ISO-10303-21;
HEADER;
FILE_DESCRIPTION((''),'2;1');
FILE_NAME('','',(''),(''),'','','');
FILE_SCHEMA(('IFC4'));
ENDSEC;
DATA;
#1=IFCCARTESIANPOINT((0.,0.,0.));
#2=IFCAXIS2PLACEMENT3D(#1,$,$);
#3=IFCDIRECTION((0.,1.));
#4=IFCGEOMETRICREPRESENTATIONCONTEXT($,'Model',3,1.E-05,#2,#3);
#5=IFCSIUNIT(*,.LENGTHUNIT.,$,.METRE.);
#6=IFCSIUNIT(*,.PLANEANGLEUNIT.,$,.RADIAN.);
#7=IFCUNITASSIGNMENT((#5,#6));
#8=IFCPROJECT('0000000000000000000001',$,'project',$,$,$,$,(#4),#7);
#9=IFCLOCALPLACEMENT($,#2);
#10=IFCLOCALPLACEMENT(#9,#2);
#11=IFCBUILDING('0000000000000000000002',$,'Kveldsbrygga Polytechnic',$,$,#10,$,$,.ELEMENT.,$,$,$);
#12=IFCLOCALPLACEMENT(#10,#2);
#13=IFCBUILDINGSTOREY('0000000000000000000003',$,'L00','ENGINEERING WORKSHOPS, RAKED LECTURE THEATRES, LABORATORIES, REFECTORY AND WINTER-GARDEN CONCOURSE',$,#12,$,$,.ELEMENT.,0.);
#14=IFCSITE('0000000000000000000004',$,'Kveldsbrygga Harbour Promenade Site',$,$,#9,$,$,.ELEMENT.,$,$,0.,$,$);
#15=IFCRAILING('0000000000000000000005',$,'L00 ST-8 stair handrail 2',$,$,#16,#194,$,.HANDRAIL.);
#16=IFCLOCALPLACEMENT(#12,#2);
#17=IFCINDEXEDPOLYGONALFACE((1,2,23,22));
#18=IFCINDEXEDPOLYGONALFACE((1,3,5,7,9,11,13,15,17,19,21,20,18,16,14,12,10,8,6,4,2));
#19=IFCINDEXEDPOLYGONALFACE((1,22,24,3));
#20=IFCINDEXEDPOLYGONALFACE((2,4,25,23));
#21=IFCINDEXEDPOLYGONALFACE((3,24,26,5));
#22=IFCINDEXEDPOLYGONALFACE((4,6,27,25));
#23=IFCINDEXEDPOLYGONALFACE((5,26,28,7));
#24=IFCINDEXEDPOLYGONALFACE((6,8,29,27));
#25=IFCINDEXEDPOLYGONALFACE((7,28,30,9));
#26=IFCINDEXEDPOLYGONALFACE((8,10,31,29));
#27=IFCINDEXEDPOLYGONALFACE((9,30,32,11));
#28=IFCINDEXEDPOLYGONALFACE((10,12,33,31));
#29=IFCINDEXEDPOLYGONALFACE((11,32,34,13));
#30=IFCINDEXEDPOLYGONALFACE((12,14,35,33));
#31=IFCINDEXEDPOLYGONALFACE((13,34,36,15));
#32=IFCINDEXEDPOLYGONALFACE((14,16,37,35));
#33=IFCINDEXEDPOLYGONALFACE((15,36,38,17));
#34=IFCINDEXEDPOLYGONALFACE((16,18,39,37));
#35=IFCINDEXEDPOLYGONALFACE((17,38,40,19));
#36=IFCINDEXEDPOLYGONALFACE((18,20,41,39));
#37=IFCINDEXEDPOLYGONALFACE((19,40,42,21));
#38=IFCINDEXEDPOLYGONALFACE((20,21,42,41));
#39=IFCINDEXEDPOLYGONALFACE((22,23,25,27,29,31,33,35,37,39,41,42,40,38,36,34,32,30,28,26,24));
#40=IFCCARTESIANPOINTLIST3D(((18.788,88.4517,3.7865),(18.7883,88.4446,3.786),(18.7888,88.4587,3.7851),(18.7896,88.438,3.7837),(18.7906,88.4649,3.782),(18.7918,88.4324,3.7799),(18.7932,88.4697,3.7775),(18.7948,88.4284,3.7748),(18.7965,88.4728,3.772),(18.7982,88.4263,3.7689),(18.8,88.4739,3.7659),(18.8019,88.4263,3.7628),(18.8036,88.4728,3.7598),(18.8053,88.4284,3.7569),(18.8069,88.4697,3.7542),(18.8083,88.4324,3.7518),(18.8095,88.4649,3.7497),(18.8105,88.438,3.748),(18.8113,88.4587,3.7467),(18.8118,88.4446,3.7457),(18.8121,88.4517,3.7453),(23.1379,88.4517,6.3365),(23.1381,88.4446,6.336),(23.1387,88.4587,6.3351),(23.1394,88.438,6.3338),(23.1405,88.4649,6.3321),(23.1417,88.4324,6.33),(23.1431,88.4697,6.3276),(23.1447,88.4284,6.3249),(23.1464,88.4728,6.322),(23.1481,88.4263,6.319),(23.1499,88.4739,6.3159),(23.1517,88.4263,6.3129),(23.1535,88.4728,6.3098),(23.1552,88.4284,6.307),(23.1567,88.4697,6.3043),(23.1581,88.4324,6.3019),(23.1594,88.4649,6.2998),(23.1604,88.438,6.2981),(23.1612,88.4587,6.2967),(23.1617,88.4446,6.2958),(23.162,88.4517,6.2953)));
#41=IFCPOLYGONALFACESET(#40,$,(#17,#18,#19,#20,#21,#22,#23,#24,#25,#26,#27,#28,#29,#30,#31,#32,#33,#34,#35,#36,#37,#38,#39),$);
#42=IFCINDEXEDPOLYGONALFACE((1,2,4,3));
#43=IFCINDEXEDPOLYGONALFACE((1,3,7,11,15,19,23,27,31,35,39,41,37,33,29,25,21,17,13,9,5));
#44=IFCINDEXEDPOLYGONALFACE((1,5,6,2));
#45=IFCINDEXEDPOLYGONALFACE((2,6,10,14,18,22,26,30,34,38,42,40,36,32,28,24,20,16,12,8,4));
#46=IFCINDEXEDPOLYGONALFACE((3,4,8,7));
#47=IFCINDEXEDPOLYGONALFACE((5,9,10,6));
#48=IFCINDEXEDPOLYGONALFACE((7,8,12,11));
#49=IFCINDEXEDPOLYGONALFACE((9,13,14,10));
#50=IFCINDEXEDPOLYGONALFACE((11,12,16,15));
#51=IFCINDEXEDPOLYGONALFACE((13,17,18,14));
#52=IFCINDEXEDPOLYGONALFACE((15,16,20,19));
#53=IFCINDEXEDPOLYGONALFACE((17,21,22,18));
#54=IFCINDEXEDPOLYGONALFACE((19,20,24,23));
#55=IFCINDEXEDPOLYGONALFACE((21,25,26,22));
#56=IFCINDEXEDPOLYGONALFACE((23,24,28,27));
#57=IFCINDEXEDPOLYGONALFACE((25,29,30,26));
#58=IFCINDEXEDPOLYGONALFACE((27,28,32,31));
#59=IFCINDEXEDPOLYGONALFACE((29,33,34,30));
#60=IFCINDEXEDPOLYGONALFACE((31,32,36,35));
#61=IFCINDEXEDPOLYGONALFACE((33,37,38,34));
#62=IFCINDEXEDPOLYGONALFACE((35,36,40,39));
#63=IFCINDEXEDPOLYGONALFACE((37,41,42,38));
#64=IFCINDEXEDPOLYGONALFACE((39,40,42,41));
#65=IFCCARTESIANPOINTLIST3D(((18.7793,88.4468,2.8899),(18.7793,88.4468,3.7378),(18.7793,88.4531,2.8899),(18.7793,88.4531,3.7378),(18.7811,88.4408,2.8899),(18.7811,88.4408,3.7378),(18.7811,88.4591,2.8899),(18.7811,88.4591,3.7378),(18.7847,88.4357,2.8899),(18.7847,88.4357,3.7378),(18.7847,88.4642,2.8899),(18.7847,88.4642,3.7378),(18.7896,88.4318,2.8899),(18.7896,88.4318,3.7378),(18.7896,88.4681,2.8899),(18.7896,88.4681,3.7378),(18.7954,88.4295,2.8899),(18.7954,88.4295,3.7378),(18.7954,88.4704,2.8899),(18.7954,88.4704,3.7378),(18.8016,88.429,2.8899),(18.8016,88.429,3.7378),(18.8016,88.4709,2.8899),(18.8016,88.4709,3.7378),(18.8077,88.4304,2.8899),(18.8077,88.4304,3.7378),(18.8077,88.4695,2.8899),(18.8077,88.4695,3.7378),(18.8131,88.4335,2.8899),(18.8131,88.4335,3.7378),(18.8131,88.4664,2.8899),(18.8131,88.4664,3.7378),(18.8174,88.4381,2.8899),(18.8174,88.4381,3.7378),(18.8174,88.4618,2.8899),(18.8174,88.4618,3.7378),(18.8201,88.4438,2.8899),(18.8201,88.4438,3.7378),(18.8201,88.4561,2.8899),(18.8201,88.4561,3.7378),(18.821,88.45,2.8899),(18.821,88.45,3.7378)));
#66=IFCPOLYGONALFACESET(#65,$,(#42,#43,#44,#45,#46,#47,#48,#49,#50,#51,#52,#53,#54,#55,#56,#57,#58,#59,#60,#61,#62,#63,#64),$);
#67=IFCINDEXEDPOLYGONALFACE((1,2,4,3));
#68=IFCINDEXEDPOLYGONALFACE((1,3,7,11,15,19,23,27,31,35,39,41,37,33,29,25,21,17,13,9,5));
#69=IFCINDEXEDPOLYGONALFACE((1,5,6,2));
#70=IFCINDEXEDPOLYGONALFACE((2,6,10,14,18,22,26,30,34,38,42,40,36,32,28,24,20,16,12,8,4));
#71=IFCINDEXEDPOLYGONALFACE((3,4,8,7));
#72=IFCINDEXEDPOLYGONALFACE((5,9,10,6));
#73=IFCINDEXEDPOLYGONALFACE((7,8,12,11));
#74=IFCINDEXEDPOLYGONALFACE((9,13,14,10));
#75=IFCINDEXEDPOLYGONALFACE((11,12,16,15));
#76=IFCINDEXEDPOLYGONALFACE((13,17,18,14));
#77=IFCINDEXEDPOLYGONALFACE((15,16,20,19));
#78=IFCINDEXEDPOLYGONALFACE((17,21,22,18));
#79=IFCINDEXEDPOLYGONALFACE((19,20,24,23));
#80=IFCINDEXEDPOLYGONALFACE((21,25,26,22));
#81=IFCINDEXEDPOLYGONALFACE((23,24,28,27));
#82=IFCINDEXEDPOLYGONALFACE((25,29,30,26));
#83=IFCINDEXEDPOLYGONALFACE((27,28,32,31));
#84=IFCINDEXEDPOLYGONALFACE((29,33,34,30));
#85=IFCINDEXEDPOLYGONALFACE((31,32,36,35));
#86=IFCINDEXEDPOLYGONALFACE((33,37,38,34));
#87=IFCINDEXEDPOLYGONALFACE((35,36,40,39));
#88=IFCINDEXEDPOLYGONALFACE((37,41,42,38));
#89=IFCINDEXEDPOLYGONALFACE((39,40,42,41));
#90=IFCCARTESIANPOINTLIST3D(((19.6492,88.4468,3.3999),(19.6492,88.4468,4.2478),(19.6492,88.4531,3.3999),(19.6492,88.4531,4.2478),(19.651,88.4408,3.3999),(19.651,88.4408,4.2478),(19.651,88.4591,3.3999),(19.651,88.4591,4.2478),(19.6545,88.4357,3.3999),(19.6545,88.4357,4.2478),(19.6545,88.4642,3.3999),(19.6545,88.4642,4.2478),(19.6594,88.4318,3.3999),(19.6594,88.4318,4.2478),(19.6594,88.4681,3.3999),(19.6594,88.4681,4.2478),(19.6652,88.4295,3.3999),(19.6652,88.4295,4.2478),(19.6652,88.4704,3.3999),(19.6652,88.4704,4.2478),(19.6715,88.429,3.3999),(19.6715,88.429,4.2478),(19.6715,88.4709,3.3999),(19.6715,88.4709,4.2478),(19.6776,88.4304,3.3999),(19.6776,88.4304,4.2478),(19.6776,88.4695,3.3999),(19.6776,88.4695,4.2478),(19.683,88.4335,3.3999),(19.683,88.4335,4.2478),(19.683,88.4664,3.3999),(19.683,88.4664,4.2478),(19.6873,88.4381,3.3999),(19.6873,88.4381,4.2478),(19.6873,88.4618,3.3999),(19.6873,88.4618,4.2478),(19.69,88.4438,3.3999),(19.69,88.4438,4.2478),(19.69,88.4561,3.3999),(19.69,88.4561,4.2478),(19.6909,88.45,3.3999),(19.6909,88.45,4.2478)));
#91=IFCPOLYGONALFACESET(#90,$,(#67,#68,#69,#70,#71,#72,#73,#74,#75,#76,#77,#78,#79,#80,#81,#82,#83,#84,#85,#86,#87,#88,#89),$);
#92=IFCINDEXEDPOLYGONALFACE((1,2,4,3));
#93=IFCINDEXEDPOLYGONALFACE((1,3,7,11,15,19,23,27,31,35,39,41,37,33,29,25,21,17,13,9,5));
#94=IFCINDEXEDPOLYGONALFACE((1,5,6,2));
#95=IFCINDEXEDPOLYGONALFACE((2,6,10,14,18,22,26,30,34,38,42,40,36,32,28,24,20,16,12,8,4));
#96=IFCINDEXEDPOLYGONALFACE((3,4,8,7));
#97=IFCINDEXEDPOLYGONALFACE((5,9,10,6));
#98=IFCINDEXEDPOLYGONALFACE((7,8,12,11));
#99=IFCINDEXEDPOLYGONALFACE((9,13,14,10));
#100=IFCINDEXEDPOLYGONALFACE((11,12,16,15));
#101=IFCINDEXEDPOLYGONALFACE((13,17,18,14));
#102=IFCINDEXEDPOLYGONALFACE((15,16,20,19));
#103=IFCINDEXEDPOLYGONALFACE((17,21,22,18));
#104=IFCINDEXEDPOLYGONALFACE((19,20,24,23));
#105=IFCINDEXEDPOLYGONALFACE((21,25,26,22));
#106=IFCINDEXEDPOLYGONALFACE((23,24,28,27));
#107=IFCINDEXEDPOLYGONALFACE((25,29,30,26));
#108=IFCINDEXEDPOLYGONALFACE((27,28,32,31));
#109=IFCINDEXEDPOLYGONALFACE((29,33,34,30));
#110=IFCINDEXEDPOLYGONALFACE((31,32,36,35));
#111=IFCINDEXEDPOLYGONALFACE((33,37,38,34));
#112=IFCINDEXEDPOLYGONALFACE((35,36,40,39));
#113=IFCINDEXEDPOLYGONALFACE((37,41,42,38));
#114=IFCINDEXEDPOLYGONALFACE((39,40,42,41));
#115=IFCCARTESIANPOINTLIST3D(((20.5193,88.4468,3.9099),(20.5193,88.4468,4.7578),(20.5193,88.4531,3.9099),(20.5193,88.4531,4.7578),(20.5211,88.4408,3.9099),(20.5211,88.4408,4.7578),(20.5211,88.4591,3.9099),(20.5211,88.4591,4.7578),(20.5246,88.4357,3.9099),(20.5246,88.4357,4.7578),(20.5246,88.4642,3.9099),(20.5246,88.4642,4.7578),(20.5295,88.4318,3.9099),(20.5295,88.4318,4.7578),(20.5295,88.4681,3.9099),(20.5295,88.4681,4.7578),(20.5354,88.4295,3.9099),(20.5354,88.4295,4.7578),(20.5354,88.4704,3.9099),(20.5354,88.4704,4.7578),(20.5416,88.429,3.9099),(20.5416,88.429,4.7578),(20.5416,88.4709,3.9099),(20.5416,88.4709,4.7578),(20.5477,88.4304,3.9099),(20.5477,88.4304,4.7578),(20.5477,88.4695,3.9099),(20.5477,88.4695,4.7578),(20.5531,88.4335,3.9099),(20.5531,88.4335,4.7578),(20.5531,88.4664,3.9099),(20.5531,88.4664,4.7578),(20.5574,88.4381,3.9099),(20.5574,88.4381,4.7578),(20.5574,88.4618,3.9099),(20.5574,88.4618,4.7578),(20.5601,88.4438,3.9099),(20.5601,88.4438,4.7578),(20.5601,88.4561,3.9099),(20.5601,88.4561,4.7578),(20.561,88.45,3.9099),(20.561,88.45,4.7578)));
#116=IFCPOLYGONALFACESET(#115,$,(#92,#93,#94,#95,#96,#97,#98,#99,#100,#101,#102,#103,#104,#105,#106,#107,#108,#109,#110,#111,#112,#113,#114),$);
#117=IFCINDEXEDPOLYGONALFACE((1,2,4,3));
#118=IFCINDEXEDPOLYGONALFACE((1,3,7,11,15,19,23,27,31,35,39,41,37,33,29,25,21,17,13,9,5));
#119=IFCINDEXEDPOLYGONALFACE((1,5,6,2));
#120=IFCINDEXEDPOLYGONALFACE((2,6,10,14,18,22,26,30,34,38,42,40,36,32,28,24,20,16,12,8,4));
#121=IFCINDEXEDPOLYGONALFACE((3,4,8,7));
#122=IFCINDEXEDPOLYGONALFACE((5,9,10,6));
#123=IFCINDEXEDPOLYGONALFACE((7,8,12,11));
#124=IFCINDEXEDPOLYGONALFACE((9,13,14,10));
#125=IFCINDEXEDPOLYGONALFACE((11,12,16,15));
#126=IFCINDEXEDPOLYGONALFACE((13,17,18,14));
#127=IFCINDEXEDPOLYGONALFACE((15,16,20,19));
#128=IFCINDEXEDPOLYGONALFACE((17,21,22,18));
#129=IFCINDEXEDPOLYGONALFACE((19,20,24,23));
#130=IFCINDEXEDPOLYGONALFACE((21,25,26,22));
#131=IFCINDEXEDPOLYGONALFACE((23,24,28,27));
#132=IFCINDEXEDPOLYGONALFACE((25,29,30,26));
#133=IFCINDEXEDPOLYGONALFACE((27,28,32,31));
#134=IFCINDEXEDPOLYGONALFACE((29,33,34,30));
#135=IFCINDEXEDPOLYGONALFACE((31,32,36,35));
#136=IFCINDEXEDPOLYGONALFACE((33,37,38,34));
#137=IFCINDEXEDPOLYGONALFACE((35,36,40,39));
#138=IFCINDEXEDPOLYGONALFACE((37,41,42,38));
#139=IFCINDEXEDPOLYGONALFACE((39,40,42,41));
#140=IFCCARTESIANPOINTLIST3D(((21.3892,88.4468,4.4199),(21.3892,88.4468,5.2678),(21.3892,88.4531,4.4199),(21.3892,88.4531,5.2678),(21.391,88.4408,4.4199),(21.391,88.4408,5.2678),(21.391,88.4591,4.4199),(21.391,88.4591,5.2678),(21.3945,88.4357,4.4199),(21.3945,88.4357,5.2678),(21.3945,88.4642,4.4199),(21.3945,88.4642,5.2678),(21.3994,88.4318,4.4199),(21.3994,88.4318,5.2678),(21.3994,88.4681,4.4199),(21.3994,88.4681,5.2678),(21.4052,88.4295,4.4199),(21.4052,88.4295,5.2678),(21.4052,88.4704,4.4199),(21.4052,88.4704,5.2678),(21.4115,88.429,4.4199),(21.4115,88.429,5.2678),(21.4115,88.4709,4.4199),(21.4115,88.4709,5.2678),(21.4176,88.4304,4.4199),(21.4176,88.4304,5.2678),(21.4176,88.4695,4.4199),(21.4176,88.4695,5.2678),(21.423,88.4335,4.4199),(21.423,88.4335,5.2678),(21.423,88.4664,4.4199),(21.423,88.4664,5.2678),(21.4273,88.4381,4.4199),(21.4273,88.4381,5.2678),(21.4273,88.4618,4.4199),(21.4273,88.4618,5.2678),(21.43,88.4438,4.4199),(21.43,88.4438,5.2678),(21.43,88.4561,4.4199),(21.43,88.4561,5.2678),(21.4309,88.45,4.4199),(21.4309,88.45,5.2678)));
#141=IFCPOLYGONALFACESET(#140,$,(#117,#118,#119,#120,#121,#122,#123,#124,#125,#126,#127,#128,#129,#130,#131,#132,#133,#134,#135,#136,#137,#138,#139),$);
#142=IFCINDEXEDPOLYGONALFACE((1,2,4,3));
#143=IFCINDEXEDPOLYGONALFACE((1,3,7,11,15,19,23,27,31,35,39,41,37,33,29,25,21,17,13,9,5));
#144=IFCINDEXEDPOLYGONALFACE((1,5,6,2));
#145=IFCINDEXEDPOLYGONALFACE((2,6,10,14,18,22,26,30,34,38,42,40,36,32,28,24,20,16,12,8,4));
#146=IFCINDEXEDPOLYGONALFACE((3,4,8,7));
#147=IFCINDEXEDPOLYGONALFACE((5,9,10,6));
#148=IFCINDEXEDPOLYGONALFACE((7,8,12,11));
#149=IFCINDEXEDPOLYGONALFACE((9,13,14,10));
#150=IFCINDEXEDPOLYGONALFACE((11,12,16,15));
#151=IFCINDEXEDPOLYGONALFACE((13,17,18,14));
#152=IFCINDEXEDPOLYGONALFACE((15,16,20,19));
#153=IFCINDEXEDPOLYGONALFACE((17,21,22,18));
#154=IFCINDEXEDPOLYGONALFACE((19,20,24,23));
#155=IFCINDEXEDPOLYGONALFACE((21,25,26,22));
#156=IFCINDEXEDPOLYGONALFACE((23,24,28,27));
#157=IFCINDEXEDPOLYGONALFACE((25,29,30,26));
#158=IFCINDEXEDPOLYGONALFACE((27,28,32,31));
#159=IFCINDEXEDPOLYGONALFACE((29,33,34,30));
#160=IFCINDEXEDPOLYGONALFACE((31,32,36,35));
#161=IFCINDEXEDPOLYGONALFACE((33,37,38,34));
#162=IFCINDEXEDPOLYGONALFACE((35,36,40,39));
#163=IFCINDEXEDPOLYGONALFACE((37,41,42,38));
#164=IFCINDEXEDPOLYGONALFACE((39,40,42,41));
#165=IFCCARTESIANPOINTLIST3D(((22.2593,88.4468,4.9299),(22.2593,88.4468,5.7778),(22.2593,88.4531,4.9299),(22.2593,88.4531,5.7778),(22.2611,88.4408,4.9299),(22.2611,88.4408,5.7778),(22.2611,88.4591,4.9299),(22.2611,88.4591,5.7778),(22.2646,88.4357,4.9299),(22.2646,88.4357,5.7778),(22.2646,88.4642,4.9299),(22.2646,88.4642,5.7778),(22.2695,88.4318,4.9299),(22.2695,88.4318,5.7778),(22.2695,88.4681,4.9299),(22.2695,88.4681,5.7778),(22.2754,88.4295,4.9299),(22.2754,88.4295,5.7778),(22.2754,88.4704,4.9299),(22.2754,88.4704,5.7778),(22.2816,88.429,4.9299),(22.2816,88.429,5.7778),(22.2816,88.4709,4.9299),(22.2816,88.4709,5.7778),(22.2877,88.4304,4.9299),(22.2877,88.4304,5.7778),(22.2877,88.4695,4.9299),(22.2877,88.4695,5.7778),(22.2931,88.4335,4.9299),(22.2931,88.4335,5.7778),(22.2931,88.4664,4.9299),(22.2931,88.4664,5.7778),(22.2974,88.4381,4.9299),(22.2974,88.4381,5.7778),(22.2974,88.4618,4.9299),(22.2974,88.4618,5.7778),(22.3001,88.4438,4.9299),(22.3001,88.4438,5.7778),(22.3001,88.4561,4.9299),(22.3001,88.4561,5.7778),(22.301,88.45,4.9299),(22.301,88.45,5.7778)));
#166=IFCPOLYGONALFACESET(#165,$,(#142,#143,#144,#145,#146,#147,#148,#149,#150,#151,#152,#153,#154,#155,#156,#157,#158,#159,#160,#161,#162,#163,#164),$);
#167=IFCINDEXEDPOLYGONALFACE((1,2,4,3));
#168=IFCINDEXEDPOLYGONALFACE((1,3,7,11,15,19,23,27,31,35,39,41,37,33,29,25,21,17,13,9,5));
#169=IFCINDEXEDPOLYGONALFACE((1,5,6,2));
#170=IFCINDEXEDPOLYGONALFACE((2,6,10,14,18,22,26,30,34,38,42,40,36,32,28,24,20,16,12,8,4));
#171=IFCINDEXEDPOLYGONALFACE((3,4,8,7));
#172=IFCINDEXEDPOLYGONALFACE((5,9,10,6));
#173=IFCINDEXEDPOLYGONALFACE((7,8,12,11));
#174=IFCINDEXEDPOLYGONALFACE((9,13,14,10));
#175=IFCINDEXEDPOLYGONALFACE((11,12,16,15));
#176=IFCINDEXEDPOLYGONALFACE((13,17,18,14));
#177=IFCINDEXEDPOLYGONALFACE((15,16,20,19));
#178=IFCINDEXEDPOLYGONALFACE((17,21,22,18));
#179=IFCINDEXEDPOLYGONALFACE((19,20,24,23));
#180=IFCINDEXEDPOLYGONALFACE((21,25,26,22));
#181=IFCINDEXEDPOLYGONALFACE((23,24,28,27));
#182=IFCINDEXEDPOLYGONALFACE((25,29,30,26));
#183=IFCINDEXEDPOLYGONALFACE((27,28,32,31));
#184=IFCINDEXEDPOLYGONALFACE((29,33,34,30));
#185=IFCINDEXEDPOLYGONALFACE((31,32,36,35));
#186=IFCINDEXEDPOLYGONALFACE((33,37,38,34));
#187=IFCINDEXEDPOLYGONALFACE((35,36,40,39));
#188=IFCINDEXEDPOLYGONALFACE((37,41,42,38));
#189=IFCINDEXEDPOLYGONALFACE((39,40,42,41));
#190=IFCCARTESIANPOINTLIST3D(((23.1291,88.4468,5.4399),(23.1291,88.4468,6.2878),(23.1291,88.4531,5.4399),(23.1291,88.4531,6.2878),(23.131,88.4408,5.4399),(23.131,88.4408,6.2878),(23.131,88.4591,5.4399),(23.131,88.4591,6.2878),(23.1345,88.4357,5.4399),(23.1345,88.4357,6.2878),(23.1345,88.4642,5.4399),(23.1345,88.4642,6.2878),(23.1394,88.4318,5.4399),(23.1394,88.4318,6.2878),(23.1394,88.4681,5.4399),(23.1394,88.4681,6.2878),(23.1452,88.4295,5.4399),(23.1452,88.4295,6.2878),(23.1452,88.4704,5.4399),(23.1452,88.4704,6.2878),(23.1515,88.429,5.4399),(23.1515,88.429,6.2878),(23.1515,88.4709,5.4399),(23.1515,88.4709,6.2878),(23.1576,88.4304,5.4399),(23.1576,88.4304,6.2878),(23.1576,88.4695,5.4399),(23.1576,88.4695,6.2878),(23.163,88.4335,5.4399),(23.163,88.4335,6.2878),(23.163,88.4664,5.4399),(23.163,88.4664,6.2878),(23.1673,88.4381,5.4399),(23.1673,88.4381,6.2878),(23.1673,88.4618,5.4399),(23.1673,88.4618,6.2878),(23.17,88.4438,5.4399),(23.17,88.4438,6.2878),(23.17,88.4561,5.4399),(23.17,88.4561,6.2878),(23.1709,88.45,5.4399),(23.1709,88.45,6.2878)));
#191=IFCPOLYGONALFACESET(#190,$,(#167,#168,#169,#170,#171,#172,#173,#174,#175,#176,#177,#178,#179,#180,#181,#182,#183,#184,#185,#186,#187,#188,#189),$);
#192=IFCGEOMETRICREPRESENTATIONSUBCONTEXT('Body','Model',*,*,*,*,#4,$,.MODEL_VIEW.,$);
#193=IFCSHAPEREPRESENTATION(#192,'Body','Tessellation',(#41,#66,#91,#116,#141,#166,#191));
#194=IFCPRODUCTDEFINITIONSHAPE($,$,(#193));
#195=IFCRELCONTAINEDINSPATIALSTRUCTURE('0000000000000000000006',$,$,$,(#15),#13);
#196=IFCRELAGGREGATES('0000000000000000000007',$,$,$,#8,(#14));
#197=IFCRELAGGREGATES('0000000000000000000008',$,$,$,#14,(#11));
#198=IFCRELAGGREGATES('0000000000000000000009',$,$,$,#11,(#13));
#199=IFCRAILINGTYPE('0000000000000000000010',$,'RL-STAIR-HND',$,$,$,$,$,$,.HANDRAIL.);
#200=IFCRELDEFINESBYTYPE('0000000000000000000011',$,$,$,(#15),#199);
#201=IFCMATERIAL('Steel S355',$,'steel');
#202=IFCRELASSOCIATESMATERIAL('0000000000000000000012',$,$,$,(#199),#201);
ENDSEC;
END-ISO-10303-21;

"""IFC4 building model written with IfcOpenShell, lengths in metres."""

from ifc_helpers import new_model, si_unit, direction, frame, origin, origin_2d, place, context, subcontext, project, spatial, circle, extrude, material, type_object, element, save


model = new_model("IFC4")

# Units and contexts
model_context = context("Model", 3, precision=1e-05, world=origin(), true_north=direction((0.0, 1.0)))
body_context = subcontext(model_context, "Body", "Model", "MODEL_VIEW")
ifc_project = project(units=[si_unit("LENGTHUNIT", "METRE"), si_unit("PLANEANGLEUNIT", "RADIAN")], contexts=[model_context])

# Site, building, storey
site_placement = place(None, origin())
site = spatial("IfcSite", under=ifc_project, at=site_placement, Name="Kveldsbrygga Harbour Promenade Site", CompositionType="ELEMENT", RefElevation=0.0)
building_placement = place(site_placement, origin())
building = spatial("IfcBuilding", under=site, at=building_placement, Name="Kveldsbrygga Polytechnic", CompositionType="ELEMENT")
storey_placement = place(building_placement, origin())
storey = spatial("IfcBuildingStorey", under=building, at=storey_placement, Name="L00", Description="ENGINEERING WORKSHOPS, RAKED LECTURE THEATRES, LABORATORIES, REFECTORY AND WINTER-GARDEN CONCOURSE", CompositionType="ELEMENT", Elevation=0.0)

# Shared definitions
ifc_material_1 = material(Name="Steel S355", Category="steel")

# Railing
railing_type_1 = type_object("IfcRailingType", Name="RL-STAIR-HND", PredefinedType="HANDRAIL", material=ifc_material_1)
railing_1_placement = place(storey_placement, frame((18.8, 88.45, 2.8899)))
element("IfcRailing", 1, at=railing_1_placement, inside=storey, type_object=railing_type_1, Name="L00 ST-8 stair handrail 2", PredefinedType="HANDRAIL", context=body_context, shape_type="SweptSolid", body=[
    extrude(circle(Radius=0.0239, at=origin_2d()), frame((0.0, 0.0, 0.876), z_axis=(0.862686, 0.0, 0.505739), x_axis=(0.0, 1.0, 0.0)), (0.0, 0.0, 1.0), 5.0422),
    extrude(circle(Radius=0.021, at=origin_2d()), origin(), (0.0, 0.0, 1.0), 0.8479),
    extrude(circle(Radius=0.021, at=origin_2d()), frame((0.8699, 0.0, 0.51)), (0.0, 0.0, 1.0), 0.8479),
    extrude(circle(Radius=0.021, at=origin_2d()), frame((1.74, 0.0, 1.02)), (0.0, 0.0, 1.0), 0.8479),
    extrude(circle(Radius=0.021, at=origin_2d()), frame((2.6099, 0.0, 1.53)), (0.0, 0.0, 1.0), 0.8479),
    extrude(circle(Radius=0.021, at=origin_2d()), frame((3.48, 0.0, 2.04)), (0.0, 0.0, 1.0), 0.8479),
    extrude(circle(Radius=0.021, at=origin_2d()), frame((4.3499, 0.0, 2.55)), (0.0, 0.0, 1.0), 0.8479),
])

save(model, "model.ifc")
